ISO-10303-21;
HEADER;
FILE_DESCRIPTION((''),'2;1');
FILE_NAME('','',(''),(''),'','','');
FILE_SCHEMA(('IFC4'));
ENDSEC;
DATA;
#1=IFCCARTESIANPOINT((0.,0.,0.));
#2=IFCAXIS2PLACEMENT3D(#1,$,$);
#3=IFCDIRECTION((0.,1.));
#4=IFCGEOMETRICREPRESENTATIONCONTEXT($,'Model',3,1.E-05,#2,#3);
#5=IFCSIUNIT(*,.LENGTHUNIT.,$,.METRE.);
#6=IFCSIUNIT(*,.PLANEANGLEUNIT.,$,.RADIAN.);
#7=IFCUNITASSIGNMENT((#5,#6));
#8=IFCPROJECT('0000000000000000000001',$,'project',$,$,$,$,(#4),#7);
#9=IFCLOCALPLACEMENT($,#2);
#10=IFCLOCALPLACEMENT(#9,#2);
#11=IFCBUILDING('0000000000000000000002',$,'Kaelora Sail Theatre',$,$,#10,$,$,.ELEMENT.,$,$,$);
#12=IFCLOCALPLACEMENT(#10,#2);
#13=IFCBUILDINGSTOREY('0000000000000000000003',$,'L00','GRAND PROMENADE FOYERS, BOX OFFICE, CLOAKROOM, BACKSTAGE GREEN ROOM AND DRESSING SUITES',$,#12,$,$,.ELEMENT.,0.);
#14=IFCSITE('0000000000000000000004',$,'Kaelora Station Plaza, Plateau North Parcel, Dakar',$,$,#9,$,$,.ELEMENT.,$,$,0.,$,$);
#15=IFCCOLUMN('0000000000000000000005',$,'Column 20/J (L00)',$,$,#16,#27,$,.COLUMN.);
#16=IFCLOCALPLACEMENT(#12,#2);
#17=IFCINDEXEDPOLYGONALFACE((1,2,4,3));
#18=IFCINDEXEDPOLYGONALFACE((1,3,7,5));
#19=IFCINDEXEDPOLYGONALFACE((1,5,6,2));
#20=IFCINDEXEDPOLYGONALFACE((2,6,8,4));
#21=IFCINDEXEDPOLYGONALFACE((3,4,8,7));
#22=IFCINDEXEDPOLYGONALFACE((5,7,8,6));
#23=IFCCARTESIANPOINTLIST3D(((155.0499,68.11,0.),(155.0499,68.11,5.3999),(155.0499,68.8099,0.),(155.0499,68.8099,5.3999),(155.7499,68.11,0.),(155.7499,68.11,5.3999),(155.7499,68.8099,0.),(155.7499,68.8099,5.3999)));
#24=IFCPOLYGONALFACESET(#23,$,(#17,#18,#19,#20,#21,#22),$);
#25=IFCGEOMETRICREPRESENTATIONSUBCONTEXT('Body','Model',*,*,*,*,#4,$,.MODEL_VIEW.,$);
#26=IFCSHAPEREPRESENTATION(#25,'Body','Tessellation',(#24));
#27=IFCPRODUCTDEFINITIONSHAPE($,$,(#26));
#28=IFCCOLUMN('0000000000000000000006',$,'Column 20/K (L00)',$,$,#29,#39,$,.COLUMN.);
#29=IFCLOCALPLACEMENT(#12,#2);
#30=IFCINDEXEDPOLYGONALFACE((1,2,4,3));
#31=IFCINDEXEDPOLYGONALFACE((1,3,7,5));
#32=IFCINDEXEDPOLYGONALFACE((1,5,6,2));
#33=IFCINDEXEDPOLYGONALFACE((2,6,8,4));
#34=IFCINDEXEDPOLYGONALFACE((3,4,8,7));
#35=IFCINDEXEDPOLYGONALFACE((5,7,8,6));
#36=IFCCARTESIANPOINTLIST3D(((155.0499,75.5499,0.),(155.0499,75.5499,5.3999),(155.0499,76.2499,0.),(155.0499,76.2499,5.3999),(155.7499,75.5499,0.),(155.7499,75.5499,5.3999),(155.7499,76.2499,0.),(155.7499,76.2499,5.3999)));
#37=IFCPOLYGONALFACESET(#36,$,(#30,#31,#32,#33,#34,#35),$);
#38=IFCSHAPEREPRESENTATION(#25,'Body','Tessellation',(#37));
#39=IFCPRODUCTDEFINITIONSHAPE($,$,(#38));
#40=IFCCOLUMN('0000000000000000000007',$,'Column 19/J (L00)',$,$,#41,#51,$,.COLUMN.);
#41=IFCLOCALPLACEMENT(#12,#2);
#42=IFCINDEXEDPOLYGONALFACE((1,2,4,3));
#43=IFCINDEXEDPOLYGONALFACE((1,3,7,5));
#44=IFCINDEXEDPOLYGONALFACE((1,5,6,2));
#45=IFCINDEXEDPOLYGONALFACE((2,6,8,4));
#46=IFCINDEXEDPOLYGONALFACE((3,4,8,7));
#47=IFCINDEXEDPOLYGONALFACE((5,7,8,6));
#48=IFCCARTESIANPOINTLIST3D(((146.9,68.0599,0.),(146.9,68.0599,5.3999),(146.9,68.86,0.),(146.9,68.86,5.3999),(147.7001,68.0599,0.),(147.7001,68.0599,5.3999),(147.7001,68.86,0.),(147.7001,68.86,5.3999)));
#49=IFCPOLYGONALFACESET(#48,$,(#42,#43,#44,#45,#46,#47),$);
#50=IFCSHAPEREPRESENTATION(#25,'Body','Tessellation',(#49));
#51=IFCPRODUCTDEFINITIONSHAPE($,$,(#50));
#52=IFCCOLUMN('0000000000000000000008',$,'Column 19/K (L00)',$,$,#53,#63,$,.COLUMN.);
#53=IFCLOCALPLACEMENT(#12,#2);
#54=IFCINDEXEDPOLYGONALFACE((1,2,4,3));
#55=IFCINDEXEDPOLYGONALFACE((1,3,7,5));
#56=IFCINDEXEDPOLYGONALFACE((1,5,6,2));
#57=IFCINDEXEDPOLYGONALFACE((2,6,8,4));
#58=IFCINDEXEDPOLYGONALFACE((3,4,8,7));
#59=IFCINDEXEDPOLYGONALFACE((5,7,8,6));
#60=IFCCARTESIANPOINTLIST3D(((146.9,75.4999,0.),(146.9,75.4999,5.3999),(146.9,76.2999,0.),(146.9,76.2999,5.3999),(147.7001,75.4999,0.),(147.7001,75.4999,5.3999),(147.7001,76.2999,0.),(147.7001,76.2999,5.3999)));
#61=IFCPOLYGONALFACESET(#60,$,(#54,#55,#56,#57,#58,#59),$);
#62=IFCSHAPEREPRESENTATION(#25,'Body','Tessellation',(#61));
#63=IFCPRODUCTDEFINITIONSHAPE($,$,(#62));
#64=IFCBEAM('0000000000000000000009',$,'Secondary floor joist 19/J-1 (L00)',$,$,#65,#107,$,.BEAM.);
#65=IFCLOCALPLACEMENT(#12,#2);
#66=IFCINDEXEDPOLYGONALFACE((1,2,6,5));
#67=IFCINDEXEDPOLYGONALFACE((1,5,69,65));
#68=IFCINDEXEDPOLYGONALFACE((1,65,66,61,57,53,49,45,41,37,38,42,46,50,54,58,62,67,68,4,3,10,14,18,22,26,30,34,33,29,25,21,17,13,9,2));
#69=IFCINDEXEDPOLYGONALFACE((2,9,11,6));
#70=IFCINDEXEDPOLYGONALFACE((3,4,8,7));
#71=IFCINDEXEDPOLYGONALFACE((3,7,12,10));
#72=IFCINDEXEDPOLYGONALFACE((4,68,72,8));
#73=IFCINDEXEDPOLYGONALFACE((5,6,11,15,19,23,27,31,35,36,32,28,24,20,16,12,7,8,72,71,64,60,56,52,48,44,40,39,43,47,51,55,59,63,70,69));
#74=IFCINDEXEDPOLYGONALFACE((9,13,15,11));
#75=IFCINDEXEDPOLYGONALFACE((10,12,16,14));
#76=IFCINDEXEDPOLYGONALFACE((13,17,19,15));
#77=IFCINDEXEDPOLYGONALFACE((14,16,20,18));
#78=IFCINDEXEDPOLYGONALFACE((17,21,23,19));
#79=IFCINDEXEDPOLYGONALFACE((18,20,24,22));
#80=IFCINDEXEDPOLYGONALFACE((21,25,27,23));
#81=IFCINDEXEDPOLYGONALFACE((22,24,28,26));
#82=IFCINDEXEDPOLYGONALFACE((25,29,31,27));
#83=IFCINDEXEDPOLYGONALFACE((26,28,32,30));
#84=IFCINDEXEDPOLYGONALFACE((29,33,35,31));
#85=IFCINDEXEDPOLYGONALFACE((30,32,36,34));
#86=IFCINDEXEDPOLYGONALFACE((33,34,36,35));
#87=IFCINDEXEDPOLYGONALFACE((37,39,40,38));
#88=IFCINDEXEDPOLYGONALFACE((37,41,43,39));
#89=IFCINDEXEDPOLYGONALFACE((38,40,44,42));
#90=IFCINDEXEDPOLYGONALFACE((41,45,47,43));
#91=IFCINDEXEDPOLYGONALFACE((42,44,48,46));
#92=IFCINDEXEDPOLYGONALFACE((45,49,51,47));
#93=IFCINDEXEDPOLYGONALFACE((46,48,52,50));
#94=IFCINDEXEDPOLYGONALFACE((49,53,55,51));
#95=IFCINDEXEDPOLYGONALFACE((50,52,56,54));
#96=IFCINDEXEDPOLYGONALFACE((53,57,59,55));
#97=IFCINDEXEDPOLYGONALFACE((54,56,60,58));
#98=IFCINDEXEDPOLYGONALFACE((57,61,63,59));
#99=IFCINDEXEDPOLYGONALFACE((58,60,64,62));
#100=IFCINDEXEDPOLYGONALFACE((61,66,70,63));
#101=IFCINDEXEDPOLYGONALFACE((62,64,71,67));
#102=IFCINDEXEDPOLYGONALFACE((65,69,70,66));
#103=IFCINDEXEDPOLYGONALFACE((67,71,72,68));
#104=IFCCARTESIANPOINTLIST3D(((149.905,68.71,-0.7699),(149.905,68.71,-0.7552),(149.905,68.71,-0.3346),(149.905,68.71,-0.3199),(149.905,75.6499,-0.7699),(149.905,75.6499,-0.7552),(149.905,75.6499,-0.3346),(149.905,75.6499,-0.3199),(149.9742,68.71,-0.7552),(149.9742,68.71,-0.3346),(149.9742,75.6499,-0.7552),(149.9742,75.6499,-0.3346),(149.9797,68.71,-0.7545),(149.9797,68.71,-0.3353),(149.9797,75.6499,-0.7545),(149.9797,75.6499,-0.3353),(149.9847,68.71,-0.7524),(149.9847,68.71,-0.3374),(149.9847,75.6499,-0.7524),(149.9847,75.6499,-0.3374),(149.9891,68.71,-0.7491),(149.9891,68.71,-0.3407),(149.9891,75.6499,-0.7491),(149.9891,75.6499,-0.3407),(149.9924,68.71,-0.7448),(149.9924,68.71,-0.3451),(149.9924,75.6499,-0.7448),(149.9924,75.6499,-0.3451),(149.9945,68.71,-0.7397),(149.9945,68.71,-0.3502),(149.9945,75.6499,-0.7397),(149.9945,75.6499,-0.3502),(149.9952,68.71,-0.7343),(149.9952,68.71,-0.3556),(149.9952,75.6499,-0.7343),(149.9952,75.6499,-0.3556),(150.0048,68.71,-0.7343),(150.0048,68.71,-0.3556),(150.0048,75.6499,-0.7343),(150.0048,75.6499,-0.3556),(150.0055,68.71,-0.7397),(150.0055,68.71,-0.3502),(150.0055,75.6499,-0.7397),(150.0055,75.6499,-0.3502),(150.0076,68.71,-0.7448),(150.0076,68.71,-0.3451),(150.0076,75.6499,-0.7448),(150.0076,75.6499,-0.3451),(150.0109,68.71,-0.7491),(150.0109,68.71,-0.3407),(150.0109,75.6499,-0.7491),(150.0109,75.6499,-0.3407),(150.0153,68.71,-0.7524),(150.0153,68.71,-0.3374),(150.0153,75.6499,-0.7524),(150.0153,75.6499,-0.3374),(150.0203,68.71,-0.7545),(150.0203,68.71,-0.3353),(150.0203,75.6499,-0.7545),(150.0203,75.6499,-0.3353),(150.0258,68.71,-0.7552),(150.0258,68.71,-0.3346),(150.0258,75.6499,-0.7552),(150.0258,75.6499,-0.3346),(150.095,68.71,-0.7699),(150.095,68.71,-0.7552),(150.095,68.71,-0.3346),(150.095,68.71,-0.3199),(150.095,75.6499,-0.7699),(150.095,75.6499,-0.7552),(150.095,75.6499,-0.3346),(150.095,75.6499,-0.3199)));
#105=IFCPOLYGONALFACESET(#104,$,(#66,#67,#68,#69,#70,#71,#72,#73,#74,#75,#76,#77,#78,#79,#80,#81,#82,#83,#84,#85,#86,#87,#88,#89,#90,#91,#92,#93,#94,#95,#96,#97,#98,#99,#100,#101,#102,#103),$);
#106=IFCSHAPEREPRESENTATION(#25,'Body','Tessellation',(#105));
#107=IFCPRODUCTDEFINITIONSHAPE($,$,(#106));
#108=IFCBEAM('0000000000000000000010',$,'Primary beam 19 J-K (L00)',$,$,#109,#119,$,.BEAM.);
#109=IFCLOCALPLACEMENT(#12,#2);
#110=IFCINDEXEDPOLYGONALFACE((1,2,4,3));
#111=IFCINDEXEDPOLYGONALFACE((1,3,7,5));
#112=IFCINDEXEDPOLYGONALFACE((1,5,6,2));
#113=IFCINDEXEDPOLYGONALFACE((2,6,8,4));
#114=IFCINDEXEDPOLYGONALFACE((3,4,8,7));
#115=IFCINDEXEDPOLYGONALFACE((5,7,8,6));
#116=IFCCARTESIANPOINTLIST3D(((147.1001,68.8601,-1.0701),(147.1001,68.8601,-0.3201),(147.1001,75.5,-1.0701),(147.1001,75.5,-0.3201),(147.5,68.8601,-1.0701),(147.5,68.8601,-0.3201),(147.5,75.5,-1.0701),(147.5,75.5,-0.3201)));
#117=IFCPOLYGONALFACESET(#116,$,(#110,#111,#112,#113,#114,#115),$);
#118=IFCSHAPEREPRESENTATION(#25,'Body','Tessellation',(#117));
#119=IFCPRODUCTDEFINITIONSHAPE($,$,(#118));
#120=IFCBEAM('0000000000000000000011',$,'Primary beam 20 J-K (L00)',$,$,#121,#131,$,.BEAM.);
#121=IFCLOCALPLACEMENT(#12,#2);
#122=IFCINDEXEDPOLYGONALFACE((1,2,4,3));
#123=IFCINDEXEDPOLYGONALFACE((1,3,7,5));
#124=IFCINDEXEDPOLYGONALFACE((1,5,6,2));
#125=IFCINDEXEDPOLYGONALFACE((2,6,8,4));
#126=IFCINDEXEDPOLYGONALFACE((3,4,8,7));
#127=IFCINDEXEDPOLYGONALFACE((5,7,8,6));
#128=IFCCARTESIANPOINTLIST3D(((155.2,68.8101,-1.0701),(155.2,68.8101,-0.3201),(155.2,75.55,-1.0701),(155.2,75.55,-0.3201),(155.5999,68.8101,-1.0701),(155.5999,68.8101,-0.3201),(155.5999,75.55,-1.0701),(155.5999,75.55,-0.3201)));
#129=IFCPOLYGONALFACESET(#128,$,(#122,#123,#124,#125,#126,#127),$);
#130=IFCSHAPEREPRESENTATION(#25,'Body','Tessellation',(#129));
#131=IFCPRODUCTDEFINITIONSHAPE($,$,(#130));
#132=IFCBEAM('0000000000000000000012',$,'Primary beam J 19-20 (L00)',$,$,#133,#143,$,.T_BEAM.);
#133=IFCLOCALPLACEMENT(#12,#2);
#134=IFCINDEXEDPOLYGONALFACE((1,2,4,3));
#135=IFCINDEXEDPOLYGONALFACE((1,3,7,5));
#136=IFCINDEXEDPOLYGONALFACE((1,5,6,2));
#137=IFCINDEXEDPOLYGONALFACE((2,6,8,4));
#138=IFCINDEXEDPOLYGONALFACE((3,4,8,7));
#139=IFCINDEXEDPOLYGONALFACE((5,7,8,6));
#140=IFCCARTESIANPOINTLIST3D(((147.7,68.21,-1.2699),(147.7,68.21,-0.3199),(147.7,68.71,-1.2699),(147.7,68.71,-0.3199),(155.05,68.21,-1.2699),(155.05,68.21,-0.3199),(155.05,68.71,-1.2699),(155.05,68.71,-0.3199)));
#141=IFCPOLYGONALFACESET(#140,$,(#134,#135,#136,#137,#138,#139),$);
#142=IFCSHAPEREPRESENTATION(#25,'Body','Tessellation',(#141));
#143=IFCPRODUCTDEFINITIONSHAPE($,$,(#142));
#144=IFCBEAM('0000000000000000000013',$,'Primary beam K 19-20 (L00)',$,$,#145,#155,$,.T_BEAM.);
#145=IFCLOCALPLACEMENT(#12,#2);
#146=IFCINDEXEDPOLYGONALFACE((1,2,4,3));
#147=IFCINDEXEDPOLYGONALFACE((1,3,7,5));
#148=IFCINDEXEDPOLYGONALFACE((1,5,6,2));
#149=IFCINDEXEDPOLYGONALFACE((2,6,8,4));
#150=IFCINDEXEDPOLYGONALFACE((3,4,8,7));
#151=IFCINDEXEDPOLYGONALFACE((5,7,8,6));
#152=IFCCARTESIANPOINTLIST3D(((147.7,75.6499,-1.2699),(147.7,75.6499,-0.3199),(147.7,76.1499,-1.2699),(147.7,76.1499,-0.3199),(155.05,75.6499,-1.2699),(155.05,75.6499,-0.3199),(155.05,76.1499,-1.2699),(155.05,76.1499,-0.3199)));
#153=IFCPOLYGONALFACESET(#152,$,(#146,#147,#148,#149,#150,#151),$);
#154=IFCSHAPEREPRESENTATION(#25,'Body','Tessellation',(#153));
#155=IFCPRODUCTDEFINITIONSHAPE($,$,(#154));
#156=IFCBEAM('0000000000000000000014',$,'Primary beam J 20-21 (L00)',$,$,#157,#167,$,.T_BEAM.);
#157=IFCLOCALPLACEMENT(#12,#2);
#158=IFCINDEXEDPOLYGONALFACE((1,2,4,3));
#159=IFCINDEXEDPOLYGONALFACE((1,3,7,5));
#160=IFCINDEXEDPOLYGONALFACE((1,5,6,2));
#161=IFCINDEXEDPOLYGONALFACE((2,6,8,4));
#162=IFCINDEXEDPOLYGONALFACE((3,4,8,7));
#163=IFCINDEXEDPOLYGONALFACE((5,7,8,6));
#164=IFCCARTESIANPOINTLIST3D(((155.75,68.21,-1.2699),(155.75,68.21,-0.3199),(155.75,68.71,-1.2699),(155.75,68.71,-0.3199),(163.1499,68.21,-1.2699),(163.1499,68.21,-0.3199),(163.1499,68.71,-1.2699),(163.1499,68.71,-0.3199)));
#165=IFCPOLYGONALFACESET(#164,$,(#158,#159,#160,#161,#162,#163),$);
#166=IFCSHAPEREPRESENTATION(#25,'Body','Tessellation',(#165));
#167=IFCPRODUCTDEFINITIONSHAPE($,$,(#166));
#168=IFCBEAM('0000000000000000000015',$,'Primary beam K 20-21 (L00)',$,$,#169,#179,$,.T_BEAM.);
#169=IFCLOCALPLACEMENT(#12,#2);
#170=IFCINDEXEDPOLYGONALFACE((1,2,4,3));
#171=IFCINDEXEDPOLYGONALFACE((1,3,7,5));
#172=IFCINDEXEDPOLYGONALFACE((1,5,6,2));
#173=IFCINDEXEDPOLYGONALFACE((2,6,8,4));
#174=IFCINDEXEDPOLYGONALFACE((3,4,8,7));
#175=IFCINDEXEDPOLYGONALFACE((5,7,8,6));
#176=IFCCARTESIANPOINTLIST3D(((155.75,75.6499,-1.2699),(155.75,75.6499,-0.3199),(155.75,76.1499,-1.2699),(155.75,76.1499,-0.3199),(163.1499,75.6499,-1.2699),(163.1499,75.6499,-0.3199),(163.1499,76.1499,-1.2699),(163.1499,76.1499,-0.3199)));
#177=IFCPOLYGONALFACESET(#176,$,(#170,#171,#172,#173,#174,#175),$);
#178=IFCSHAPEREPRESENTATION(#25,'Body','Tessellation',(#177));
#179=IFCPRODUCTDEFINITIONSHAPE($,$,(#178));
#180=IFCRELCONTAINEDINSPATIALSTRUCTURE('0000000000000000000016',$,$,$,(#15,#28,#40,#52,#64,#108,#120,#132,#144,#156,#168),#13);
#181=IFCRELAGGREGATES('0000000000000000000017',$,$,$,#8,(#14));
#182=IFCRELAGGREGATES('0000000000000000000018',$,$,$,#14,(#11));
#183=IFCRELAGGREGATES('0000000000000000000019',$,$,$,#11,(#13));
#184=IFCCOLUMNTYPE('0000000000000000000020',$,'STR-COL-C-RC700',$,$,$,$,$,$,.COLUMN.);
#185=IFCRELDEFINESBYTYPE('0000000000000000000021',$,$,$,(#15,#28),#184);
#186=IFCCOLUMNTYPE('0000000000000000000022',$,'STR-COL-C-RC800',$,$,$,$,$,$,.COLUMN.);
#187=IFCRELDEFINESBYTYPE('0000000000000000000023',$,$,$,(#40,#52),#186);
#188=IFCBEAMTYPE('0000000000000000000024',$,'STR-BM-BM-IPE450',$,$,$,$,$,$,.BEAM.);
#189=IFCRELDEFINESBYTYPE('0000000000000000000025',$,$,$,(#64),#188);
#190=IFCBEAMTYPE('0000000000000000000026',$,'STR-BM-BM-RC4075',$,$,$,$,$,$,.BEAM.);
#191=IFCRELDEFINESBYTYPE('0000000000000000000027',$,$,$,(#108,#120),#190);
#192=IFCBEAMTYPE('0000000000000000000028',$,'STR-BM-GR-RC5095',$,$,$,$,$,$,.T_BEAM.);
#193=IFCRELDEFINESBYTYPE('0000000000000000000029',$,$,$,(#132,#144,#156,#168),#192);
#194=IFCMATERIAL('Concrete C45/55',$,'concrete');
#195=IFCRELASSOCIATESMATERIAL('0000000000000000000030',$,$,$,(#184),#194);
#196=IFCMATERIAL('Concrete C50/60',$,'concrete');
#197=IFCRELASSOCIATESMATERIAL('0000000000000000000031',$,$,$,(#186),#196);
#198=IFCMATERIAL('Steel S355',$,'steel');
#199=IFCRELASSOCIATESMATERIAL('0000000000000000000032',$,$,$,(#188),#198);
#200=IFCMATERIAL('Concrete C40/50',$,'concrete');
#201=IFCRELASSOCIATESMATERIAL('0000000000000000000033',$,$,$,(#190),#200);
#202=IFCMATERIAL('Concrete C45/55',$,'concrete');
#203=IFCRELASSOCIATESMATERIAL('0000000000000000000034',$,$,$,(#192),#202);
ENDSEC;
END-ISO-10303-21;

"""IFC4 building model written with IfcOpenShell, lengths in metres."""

from ifc_helpers import new_model, si_unit, direction, frame, origin, origin_2d, place, context, subcontext, project, spatial, rectangle, i_section, extrude, material, material_profile, profile_set, type_object, element, save


model = new_model("IFC4")

# Units and contexts
model_context = context("Model", 3, precision=1e-05, world=origin(), true_north=direction((0.0, 1.0)))
body_context = subcontext(model_context, "Body", "Model", "MODEL_VIEW")
ifc_project = project(units=[si_unit("LENGTHUNIT", "METRE"), si_unit("PLANEANGLEUNIT", "RADIAN")], contexts=[model_context])

# Site, building, storey
site_placement = place(None, origin())
site = spatial("IfcSite", under=ifc_project, at=site_placement, Name="Kaelora Station Plaza, Plateau North Parcel, Dakar", CompositionType="ELEMENT", RefElevation=0.0)
building_placement = place(site_placement, origin())
building = spatial("IfcBuilding", under=site, at=building_placement, Name="Kaelora Sail Theatre", CompositionType="ELEMENT")
storey_placement = place(building_placement, origin())
storey = spatial("IfcBuildingStorey", under=building, at=storey_placement, Name="L00", Description="GRAND PROMENADE FOYERS, BOX OFFICE, CLOAKROOM, BACKSTAGE GREEN ROOM AND DRESSING SUITES", CompositionType="ELEMENT", Elevation=0.0)

# Columns
ifc_material_1 = material(Name="Concrete C45/55", Category="concrete")
ifc_material_profile_1 = material_profile(ifc_material_1, rectangle(XDim=0.7, YDim=0.7, at=origin_2d()), Name="RC-COL 700x700")
ifc_profile_set_1 = profile_set([ifc_material_profile_1], Name="Concrete C45/55")
column_type_1 = type_object("IfcColumnType", Name="STR-COL-C-RC700", PredefinedType="COLUMN", material=ifc_profile_set_1)
for number, where, z_axis, x_axis, name in (
    (1, (155.3999, 68.46, 0.0), (0.0, 0.0, 1.0), (1.0, 0.0, 0.0), "Column 20/J (L00)"),
    (2, (155.3999, 75.8999, 0.0), (0.0, 0.0, 1.0), (1.0, 0.0, 0.0), "Column 20/K (L00)"),
):
    element("IfcColumn", number, at=place(storey_placement, frame(where, z_axis=z_axis, x_axis=x_axis)), inside=storey, type_object=column_type_1, Name=name, PredefinedType="COLUMN", context=body_context, shape_type="SweptSolid", body=[
        extrude(rectangle(XDim=0.7, YDim=0.7, at=origin_2d()), origin(), (0.0, 0.0, 1.0), 5.3999),
    ])
ifc_material_2 = material(Name="Concrete C50/60", Category="concrete")
ifc_material_profile_2 = material_profile(ifc_material_2, rectangle(XDim=0.8, YDim=0.8, at=origin_2d()), Name="RC-COL 800x800")
ifc_profile_set_2 = profile_set([ifc_material_profile_2], Name="Concrete C50/60")
column_type_2 = type_object("IfcColumnType", Name="STR-COL-C-RC800", PredefinedType="COLUMN", material=ifc_profile_set_2)
for number, where, z_axis, x_axis, name in (
    (3, (147.3, 68.46, 0.0), (0.0, 0.0, 1.0), (1.0, 0.0, 0.0), "Column 19/J (L00)"),
    (4, (147.3, 75.8999, 0.0), (0.0, 0.0, 1.0), (1.0, 0.0, 0.0), "Column 19/K (L00)"),
):
    element("IfcColumn", number, at=place(storey_placement, frame(where, z_axis=z_axis, x_axis=x_axis)), inside=storey, type_object=column_type_2, Name=name, PredefinedType="COLUMN", context=body_context, shape_type="SweptSolid", body=[
        extrude(rectangle(XDim=0.8, YDim=0.8, at=origin_2d()), origin(), (0.0, 0.0, 1.0), 5.3999),
    ])

# Beams
ifc_material_3 = material(Name="Steel S355", Category="steel")
ifc_material_profile_3 = material_profile(ifc_material_3, i_section(OverallWidth=0.1899, OverallDepth=0.45, WebThickness=0.0095, FlangeThickness=0.0146, FilletRadius=0.021, at=origin_2d()), Name="IPE 450")
ifc_profile_set_3 = profile_set([ifc_material_profile_3], Name="Steel S355")
beam_type_1 = type_object("IfcBeamType", Name="STR-BM-BM-IPE450", PredefinedType="BEAM", material=ifc_profile_set_3)
beam_1_placement = place(storey_placement, frame((150.0, 68.71, -0.5449), z_axis=(0.0, 1.0, 0.0), x_axis=(-1.0, 0.0, 0.0)))
element("IfcBeam", 5, at=beam_1_placement, inside=storey, type_object=beam_type_1, Name="Secondary floor joist 19/J-1 (L00)", PredefinedType="BEAM", context=body_context, shape_type="SweptSolid", body=[
    extrude(i_section(OverallWidth=0.1899, OverallDepth=0.45, WebThickness=0.0095, FlangeThickness=0.0146, FilletRadius=0.021, at=origin_2d()), origin(), (0.0, 0.0, 1.0), 6.9399),
])
ifc_material_4 = material(Name="Concrete C40/50", Category="concrete")
ifc_material_profile_4 = material_profile(ifc_material_4, rectangle(XDim=0.3999, YDim=0.75, at=origin_2d()), Name="RC-BM 400x750")
ifc_profile_set_4 = profile_set([ifc_material_profile_4], Name="Concrete C40/50")
beam_type_2 = type_object("IfcBeamType", Name="STR-BM-BM-RC4075", PredefinedType="BEAM", material=ifc_profile_set_4)
beam_2_placement = place(storey_placement, frame((147.3, 68.8601, -0.6951), z_axis=(0.0, 1.0, 0.0), x_axis=(-1.0, 0.0, 0.0)))
element("IfcBeam", 6, at=beam_2_placement, inside=storey, type_object=beam_type_2, Name="Primary beam 19 J-K (L00)", PredefinedType="BEAM", context=body_context, shape_type="SweptSolid", body=[
    extrude(rectangle(XDim=0.3999, YDim=0.75, at=origin_2d()), origin(), (0.0, 0.0, 1.0), 6.6399),
])
beam_3_placement = place(storey_placement, frame((155.3999, 68.8101, -0.6951), z_axis=(0.0, 1.0, 0.0), x_axis=(-1.0, 0.0, 0.0)))
element("IfcBeam", 7, at=beam_3_placement, inside=storey, type_object=beam_type_2, Name="Primary beam 20 J-K (L00)", PredefinedType="BEAM", context=body_context, shape_type="SweptSolid", body=[
    extrude(rectangle(XDim=0.3999, YDim=0.75, at=origin_2d()), origin(), (0.0, 0.0, 1.0), 6.74),
])
ifc_material_5 = material(Name="Concrete C45/55", Category="concrete")
ifc_material_profile_5 = material_profile(ifc_material_5, rectangle(XDim=0.5, YDim=0.95, at=origin_2d()), Name="RC-GRD 500x950")
ifc_profile_set_5 = profile_set([ifc_material_profile_5], Name="Concrete C45/55")
beam_type_3 = type_object("IfcBeamType", Name="STR-BM-GR-RC5095", PredefinedType="T_BEAM", material=ifc_profile_set_5)
for number, where, z_axis, x_axis, name in (
    (8, (147.7, 68.46, -0.7949), (1.0, 0.0, 0.0), (0.0, 1.0, 0.0), "Primary beam J 19-20 (L00)"),
    (9, (147.7, 75.8999, -0.7949), (1.0, 0.0, 0.0), (0.0, 1.0, 0.0), "Primary beam K 19-20 (L00)"),
):
    element("IfcBeam", number, at=place(storey_placement, frame(where, z_axis=z_axis, x_axis=x_axis)), inside=storey, type_object=beam_type_3, Name=name, PredefinedType="T_BEAM", context=body_context, shape_type="SweptSolid", body=[
        extrude(rectangle(XDim=0.5, YDim=0.95, at=origin_2d()), origin(), (0.0, 0.0, 1.0), 7.3501),
    ])
for number, where, z_axis, x_axis, name in (
    (10, (155.75, 68.46, -0.7949), (1.0, 0.0, 0.0), (0.0, 1.0, 0.0), "Primary beam J 20-21 (L00)"),
    (11, (155.75, 75.8999, -0.7949), (1.0, 0.0, 0.0), (0.0, 1.0, 0.0), "Primary beam K 20-21 (L00)"),
):
    element("IfcBeam", number, at=place(storey_placement, frame(where, z_axis=z_axis, x_axis=x_axis)), inside=storey, type_object=beam_type_3, Name=name, PredefinedType="T_BEAM", context=body_context, shape_type="SweptSolid", body=[
        extrude(rectangle(XDim=0.5, YDim=0.95, at=origin_2d()), origin(), (0.0, 0.0, 1.0), 7.3999),
    ])

save(model, "model.ifc")
